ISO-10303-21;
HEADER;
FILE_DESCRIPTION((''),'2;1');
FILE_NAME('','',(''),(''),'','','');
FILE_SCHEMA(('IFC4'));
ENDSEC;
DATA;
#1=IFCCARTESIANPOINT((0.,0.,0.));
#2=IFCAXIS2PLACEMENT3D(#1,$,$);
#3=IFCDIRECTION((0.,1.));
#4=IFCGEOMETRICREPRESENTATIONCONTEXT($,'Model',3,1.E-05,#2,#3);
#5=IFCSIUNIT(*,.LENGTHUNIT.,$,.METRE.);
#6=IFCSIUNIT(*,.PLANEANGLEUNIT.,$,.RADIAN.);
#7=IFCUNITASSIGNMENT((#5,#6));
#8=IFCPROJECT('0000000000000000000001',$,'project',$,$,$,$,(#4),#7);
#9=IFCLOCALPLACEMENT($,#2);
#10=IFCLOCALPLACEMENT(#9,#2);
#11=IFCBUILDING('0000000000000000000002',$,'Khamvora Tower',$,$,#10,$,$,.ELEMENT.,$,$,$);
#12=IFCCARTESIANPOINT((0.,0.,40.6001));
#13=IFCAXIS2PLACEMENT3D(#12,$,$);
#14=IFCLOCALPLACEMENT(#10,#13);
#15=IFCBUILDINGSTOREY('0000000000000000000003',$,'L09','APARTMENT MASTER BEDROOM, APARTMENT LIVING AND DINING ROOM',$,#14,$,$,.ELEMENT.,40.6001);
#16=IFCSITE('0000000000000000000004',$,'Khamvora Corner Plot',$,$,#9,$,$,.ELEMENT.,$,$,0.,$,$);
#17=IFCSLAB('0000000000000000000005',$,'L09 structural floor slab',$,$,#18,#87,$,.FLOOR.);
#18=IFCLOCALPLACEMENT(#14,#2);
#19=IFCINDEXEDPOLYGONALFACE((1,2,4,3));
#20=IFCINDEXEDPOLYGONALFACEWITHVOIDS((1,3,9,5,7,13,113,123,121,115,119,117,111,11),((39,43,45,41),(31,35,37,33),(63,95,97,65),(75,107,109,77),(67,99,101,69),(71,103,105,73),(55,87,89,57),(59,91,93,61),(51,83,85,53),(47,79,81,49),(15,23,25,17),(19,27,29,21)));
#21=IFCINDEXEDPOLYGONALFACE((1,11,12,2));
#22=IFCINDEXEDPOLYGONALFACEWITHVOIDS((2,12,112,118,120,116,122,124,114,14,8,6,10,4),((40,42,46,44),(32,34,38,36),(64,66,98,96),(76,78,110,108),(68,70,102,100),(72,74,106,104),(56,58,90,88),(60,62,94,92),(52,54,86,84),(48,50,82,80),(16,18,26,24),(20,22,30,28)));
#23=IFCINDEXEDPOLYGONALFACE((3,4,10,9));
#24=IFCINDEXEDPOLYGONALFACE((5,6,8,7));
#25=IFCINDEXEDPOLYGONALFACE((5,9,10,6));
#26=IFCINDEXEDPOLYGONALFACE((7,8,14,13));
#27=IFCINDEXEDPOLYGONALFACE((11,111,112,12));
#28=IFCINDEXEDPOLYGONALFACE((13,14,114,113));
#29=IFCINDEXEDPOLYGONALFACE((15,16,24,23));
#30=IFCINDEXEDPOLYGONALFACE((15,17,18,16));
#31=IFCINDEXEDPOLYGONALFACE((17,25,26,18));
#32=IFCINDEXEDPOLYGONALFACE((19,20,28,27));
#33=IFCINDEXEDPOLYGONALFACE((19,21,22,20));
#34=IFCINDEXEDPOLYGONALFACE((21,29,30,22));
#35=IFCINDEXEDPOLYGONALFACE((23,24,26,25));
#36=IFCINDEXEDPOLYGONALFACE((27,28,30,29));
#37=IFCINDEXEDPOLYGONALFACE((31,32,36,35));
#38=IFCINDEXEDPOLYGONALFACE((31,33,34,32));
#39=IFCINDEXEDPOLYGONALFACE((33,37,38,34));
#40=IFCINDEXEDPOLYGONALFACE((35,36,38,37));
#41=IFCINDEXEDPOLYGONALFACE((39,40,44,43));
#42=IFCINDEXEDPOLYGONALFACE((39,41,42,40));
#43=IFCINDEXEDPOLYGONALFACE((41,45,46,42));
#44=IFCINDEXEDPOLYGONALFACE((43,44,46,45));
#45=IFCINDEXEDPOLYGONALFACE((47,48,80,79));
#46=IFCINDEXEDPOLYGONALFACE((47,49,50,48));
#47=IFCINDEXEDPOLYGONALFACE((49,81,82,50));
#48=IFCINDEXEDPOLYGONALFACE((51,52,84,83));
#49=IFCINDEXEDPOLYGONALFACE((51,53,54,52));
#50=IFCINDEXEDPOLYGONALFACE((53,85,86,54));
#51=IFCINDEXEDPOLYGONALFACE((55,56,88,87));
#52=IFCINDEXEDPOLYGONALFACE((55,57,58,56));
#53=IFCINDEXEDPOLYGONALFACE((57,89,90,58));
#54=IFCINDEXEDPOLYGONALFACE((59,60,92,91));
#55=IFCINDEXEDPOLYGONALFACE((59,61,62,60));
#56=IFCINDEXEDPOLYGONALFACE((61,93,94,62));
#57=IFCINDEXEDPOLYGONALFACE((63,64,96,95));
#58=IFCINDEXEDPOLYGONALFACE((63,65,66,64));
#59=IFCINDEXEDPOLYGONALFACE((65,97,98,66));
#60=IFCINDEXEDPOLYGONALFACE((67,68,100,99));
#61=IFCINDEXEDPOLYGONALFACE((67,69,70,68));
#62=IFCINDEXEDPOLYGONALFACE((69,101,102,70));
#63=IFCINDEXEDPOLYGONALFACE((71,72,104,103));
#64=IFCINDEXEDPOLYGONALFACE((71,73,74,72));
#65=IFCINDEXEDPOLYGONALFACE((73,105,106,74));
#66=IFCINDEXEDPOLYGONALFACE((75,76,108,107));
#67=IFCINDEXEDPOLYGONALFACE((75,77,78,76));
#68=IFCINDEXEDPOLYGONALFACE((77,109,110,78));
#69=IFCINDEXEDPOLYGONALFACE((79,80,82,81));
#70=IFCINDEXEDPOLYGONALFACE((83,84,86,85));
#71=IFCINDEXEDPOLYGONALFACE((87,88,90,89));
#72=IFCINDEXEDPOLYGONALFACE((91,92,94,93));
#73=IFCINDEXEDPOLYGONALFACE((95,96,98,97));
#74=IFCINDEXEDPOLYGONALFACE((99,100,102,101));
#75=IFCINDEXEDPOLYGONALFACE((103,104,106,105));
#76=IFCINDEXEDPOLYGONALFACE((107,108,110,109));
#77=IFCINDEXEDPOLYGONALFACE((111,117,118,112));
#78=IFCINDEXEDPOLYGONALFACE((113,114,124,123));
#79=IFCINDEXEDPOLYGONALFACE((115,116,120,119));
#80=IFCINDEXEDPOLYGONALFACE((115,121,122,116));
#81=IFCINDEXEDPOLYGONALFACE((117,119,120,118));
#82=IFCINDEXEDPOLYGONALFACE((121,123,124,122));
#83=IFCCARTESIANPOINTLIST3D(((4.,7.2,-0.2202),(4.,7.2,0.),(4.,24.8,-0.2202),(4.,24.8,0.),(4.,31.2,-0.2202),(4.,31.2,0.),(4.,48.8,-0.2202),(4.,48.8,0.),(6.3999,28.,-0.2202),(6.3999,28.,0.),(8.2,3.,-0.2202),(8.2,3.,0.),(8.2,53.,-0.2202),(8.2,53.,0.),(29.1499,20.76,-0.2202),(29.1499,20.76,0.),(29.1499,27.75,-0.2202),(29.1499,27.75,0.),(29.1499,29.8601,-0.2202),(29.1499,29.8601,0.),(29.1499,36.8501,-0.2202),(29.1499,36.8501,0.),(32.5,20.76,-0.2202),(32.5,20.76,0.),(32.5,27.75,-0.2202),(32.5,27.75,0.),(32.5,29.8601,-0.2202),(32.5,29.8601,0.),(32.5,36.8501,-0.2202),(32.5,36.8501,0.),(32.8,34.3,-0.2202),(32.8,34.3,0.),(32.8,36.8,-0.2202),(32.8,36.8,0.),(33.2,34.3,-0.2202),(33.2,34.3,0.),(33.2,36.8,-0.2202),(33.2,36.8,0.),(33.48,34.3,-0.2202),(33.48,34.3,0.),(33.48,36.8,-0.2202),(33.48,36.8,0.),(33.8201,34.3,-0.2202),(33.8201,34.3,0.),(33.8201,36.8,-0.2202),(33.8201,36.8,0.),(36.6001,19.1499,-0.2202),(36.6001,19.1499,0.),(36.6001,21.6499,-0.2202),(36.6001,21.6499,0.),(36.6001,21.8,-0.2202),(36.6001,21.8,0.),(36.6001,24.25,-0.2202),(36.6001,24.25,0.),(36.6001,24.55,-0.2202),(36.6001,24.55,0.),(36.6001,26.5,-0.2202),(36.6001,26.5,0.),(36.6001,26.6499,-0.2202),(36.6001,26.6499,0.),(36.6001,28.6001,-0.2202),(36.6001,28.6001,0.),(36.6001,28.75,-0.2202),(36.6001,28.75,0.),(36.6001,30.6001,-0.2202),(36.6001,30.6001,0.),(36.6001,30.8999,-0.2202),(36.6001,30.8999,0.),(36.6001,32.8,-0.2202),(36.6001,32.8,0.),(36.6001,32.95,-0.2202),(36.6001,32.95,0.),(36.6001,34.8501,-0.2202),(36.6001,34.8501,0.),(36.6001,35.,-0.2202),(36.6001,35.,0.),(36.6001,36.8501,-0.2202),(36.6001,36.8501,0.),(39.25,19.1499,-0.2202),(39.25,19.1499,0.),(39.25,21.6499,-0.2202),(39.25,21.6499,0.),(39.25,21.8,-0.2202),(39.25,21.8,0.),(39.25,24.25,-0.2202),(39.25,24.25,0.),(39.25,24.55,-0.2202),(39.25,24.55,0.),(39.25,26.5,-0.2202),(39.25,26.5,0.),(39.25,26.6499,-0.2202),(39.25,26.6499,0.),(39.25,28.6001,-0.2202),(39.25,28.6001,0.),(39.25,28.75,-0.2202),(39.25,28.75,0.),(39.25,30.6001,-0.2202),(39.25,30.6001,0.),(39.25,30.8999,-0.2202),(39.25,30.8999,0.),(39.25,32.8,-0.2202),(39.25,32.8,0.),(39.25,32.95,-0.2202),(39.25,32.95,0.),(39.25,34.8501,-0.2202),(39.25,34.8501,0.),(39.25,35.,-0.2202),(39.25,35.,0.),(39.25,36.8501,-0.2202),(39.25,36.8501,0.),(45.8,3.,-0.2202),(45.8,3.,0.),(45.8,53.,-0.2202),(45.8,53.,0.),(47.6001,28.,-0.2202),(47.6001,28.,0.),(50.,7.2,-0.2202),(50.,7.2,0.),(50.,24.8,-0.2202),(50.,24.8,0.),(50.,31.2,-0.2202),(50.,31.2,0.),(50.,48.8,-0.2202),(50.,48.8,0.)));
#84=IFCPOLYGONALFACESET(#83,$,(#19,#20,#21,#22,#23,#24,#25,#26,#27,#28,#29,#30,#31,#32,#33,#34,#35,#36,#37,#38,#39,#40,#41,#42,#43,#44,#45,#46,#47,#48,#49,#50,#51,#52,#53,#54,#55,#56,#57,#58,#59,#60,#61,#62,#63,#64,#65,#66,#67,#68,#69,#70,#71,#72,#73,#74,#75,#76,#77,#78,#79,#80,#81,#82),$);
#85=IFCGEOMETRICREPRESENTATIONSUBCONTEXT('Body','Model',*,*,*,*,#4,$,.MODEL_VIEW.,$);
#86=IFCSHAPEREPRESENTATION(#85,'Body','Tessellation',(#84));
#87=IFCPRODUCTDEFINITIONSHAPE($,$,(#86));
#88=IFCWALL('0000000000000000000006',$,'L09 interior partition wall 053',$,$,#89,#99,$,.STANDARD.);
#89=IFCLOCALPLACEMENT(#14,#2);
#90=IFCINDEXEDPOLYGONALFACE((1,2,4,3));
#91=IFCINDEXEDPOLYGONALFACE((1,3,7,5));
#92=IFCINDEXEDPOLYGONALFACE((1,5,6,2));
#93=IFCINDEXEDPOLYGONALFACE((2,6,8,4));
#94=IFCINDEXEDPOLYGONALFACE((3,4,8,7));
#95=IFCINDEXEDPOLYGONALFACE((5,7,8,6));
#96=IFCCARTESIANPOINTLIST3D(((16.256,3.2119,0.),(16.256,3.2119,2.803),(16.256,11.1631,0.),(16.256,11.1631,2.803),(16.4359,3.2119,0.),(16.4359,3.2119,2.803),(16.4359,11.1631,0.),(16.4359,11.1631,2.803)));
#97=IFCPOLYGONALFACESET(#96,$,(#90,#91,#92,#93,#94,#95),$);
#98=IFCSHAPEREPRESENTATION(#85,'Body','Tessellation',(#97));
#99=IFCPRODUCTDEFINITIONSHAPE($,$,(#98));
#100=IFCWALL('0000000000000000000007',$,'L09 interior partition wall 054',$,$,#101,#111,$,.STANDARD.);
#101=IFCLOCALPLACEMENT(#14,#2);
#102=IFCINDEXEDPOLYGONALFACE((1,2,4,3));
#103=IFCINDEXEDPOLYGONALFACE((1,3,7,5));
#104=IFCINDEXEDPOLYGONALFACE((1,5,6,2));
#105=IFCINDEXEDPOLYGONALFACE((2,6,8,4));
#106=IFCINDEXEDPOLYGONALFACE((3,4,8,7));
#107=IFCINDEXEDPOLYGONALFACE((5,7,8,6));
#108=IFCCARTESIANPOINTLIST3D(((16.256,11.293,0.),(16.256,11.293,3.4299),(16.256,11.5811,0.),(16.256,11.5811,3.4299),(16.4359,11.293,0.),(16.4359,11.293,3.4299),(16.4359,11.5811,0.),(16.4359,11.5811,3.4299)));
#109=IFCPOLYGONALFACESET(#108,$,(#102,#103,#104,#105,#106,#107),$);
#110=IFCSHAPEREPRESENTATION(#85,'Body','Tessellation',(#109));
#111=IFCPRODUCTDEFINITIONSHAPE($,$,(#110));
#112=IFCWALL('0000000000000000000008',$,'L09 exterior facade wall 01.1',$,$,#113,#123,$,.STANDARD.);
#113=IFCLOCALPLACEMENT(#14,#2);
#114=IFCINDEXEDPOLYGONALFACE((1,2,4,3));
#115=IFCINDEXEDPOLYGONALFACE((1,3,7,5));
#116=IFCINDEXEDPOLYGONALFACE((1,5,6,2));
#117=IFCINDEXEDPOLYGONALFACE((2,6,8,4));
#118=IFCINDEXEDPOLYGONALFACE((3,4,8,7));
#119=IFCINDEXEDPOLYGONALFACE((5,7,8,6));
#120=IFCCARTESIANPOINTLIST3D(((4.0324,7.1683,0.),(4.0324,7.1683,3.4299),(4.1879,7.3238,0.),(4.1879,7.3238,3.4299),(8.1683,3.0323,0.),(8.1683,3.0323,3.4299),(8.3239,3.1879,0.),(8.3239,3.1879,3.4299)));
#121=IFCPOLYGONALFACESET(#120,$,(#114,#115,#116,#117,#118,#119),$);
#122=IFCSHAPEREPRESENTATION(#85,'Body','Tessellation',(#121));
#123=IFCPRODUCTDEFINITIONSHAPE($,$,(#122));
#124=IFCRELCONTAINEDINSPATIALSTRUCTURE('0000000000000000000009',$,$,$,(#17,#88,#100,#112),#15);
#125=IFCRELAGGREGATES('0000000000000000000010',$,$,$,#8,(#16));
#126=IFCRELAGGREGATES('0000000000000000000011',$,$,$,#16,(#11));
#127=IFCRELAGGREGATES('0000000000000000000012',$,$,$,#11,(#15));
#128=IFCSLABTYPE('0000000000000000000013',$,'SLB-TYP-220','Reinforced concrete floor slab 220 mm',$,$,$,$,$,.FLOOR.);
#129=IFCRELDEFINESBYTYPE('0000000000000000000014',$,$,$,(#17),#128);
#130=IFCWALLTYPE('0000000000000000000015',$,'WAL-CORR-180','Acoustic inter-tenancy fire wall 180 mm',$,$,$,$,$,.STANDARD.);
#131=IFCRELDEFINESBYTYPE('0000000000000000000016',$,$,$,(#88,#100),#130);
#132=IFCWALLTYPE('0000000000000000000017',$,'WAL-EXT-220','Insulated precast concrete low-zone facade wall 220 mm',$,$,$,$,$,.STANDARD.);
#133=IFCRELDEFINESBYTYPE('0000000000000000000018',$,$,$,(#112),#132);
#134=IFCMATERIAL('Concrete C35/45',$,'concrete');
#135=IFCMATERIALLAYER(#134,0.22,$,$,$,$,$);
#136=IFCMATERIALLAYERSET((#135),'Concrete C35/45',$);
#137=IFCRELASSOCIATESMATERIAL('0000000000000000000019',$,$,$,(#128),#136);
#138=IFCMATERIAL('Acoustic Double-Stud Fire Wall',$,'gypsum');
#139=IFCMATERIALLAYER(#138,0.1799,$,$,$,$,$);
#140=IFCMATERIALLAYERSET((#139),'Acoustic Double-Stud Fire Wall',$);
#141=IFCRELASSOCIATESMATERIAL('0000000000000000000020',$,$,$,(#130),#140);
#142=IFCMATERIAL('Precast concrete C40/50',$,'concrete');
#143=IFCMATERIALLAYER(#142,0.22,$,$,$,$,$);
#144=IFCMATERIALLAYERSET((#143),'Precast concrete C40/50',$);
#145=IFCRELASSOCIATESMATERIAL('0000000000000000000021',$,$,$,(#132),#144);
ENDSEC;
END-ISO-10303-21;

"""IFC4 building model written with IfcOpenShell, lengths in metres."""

from ifc_helpers import new_model, si_unit, direction, frame, frame_2d, origin, place, context, subcontext, project, spatial, polyline, rectangle, outline, extrude, material, layer, layer_set, type_object, element, save


model = new_model("IFC4")

# Units and contexts
model_context = context("Model", 3, precision=1e-05, world=origin(), true_north=direction((0.0, 1.0)))
body_context = subcontext(model_context, "Body", "Model", "MODEL_VIEW")
ifc_project = project(units=[si_unit("LENGTHUNIT", "METRE"), si_unit("PLANEANGLEUNIT", "RADIAN")], contexts=[model_context])

# Site, building, storey
site_placement = place(None, origin())
site = spatial("IfcSite", under=ifc_project, at=site_placement, Name="Khamvora Corner Plot", CompositionType="ELEMENT", RefElevation=0.0)
building_placement = place(site_placement, origin())
building = spatial("IfcBuilding", under=site, at=building_placement, Name="Khamvora Tower", CompositionType="ELEMENT")
storey_placement = place(building_placement, frame((0.0, 0.0, 40.6001)))
storey = spatial("IfcBuildingStorey", under=building, at=storey_placement, Name="L09", Description="APARTMENT MASTER BEDROOM, APARTMENT LIVING AND DINING ROOM", CompositionType="ELEMENT", Elevation=40.6001)

# Slab
ifc_material_1 = material(Name="Concrete C35/45", Category="concrete")
ifc_layer_1 = layer(ifc_material_1, 0.22)
ifc_layer_set_1 = layer_set([ifc_layer_1], Name="Concrete C35/45")
slab_type_1 = type_object("IfcSlabType", Name="SLB-TYP-220", Description="Reinforced concrete floor slab 220 mm", PredefinedType="FLOOR", material=ifc_layer_set_1)
slab_1_placement = place(storey_placement, frame((0.0, 0.0, -0.2202)))
element("IfcSlab", 1, at=slab_1_placement, inside=storey, type_object=slab_type_1, Name="L09 structural floor slab", PredefinedType="FLOOR", context=body_context, shape_type="SweptSolid", body=[
    extrude(outline(polyline([(8.2, 3.0), (45.8, 3.0), (50.0, 7.2), (50.0, 24.8), (47.6001, 28.0), (50.0, 31.2), (50.0, 48.8), (45.8, 53.0), (8.2, 53.0), (4.0, 48.8), (4.0, 31.2), (6.3999, 28.0), (4.0, 24.8), (4.0, 7.2), (8.2, 3.0)]), holes=[polyline([(32.5, 20.76), (32.5, 27.75), (29.1499, 27.75), (29.1499, 20.76), (32.5, 20.76)]), polyline([(32.5, 29.8601), (32.5, 36.8501), (29.1499, 36.8501), (29.1499, 29.8601), (32.5, 29.8601)]), polyline([(36.6001, 19.1499), (39.25, 19.1499), (39.25, 21.6499), (36.6001, 21.6499), (36.6001, 19.1499)]), polyline([(36.6001, 21.8), (39.25, 21.8), (39.25, 24.25), (36.6001, 24.25), (36.6001, 21.8)]), polyline([(36.6001, 24.55), (39.25, 24.55), (39.25, 26.5), (36.6001, 26.5), (36.6001, 24.55)]), polyline([(36.6001, 26.6499), (39.25, 26.6499), (39.25, 28.6001), (36.6001, 28.6001), (36.6001, 26.6499)]), polyline([(36.6001, 28.75), (39.25, 28.75), (39.25, 30.6001), (36.6001, 30.6001), (36.6001, 28.75)]), polyline([(36.6001, 30.8999), (39.25, 30.8999), (39.25, 32.8), (36.6001, 32.8), (36.6001, 30.8999)]), polyline([(36.6001, 32.95), (39.25, 32.95), (39.25, 34.8501), (36.6001, 34.8501), (36.6001, 32.95)]), polyline([(36.6001, 35.0), (39.25, 35.0), (39.25, 36.8501), (36.6001, 36.8501), (36.6001, 35.0)]), polyline([(32.8, 34.3), (33.2, 34.3), (33.2, 36.8), (32.8, 36.8), (32.8, 34.3)]), polyline([(33.48, 34.3), (33.8201, 34.3), (33.8201, 36.8), (33.48, 36.8), (33.48, 34.3)])]), origin(), (0.0, 0.0, 1.0), 0.2202),
])

# Walls
ifc_material_2 = material(Name="Acoustic Double-Stud Fire Wall", Category="gypsum")
ifc_layer_2 = layer(ifc_material_2, 0.1799)
ifc_layer_set_2 = layer_set([ifc_layer_2], Name="Acoustic Double-Stud Fire Wall")
wall_type_1 = type_object("IfcWallType", Name="WAL-CORR-180", Description="Acoustic inter-tenancy fire wall 180 mm", PredefinedType="STANDARD", material=ifc_layer_set_2)
wall_1_placement = place(storey_placement, frame((16.3459, 11.1631, 0.0), z_axis=(0.0, 0.0, 1.0), x_axis=(0.0, -1.0, 0.0)))
element("IfcWall", 2, at=wall_1_placement, inside=storey, type_object=wall_type_1, Name="L09 interior partition wall 053", PredefinedType="STANDARD", context=body_context, shape_type="SweptSolid", body=[
    extrude(rectangle(XDim=7.9512, YDim=0.1799, at=frame_2d((3.9756, 0.0))), origin(), (0.0, 0.0, 1.0), 2.803),
])
wall_2_placement = place(storey_placement, frame((16.3459, 11.5811, 0.0), z_axis=(0.0, 0.0, 1.0), x_axis=(0.0, -1.0, 0.0)))
element("IfcWall", 3, at=wall_2_placement, inside=storey, type_object=wall_type_1, Name="L09 interior partition wall 054", PredefinedType="STANDARD", context=body_context, shape_type="SweptSolid", body=[
    extrude(rectangle(XDim=0.2881, YDim=0.1799, at=frame_2d((0.144, 0.0))), origin(), (0.0, 0.0, 1.0), 3.4299),
])
ifc_material_3 = material(Name="Precast concrete C40/50", Category="concrete")
ifc_layer_3 = layer(ifc_material_3, 0.22)
ifc_layer_set_3 = layer_set([ifc_layer_3], Name="Precast concrete C40/50")
wall_type_2 = type_object("IfcWallType", Name="WAL-EXT-220", Description="Insulated precast concrete low-zone facade wall 220 mm", PredefinedType="STANDARD", material=ifc_layer_set_3)
wall_3_placement = place(storey_placement, frame((8.2461, 3.1101, 0.0), z_axis=(0.0, 0.0, 1.0), x_axis=(-0.707107, 0.707107, 0.0)))
element("IfcWall", 4, at=wall_3_placement, inside=storey, type_object=wall_type_2, Name="L09 exterior facade wall 01.1", PredefinedType="STANDARD", context=body_context, shape_type="SweptSolid", body=[
    extrude(rectangle(XDim=5.8491, YDim=0.22, at=frame_2d((2.9246, 0.0))), origin(), (0.0, 0.0, 1.0), 3.4299),
])

save(model, "model.ifc")
